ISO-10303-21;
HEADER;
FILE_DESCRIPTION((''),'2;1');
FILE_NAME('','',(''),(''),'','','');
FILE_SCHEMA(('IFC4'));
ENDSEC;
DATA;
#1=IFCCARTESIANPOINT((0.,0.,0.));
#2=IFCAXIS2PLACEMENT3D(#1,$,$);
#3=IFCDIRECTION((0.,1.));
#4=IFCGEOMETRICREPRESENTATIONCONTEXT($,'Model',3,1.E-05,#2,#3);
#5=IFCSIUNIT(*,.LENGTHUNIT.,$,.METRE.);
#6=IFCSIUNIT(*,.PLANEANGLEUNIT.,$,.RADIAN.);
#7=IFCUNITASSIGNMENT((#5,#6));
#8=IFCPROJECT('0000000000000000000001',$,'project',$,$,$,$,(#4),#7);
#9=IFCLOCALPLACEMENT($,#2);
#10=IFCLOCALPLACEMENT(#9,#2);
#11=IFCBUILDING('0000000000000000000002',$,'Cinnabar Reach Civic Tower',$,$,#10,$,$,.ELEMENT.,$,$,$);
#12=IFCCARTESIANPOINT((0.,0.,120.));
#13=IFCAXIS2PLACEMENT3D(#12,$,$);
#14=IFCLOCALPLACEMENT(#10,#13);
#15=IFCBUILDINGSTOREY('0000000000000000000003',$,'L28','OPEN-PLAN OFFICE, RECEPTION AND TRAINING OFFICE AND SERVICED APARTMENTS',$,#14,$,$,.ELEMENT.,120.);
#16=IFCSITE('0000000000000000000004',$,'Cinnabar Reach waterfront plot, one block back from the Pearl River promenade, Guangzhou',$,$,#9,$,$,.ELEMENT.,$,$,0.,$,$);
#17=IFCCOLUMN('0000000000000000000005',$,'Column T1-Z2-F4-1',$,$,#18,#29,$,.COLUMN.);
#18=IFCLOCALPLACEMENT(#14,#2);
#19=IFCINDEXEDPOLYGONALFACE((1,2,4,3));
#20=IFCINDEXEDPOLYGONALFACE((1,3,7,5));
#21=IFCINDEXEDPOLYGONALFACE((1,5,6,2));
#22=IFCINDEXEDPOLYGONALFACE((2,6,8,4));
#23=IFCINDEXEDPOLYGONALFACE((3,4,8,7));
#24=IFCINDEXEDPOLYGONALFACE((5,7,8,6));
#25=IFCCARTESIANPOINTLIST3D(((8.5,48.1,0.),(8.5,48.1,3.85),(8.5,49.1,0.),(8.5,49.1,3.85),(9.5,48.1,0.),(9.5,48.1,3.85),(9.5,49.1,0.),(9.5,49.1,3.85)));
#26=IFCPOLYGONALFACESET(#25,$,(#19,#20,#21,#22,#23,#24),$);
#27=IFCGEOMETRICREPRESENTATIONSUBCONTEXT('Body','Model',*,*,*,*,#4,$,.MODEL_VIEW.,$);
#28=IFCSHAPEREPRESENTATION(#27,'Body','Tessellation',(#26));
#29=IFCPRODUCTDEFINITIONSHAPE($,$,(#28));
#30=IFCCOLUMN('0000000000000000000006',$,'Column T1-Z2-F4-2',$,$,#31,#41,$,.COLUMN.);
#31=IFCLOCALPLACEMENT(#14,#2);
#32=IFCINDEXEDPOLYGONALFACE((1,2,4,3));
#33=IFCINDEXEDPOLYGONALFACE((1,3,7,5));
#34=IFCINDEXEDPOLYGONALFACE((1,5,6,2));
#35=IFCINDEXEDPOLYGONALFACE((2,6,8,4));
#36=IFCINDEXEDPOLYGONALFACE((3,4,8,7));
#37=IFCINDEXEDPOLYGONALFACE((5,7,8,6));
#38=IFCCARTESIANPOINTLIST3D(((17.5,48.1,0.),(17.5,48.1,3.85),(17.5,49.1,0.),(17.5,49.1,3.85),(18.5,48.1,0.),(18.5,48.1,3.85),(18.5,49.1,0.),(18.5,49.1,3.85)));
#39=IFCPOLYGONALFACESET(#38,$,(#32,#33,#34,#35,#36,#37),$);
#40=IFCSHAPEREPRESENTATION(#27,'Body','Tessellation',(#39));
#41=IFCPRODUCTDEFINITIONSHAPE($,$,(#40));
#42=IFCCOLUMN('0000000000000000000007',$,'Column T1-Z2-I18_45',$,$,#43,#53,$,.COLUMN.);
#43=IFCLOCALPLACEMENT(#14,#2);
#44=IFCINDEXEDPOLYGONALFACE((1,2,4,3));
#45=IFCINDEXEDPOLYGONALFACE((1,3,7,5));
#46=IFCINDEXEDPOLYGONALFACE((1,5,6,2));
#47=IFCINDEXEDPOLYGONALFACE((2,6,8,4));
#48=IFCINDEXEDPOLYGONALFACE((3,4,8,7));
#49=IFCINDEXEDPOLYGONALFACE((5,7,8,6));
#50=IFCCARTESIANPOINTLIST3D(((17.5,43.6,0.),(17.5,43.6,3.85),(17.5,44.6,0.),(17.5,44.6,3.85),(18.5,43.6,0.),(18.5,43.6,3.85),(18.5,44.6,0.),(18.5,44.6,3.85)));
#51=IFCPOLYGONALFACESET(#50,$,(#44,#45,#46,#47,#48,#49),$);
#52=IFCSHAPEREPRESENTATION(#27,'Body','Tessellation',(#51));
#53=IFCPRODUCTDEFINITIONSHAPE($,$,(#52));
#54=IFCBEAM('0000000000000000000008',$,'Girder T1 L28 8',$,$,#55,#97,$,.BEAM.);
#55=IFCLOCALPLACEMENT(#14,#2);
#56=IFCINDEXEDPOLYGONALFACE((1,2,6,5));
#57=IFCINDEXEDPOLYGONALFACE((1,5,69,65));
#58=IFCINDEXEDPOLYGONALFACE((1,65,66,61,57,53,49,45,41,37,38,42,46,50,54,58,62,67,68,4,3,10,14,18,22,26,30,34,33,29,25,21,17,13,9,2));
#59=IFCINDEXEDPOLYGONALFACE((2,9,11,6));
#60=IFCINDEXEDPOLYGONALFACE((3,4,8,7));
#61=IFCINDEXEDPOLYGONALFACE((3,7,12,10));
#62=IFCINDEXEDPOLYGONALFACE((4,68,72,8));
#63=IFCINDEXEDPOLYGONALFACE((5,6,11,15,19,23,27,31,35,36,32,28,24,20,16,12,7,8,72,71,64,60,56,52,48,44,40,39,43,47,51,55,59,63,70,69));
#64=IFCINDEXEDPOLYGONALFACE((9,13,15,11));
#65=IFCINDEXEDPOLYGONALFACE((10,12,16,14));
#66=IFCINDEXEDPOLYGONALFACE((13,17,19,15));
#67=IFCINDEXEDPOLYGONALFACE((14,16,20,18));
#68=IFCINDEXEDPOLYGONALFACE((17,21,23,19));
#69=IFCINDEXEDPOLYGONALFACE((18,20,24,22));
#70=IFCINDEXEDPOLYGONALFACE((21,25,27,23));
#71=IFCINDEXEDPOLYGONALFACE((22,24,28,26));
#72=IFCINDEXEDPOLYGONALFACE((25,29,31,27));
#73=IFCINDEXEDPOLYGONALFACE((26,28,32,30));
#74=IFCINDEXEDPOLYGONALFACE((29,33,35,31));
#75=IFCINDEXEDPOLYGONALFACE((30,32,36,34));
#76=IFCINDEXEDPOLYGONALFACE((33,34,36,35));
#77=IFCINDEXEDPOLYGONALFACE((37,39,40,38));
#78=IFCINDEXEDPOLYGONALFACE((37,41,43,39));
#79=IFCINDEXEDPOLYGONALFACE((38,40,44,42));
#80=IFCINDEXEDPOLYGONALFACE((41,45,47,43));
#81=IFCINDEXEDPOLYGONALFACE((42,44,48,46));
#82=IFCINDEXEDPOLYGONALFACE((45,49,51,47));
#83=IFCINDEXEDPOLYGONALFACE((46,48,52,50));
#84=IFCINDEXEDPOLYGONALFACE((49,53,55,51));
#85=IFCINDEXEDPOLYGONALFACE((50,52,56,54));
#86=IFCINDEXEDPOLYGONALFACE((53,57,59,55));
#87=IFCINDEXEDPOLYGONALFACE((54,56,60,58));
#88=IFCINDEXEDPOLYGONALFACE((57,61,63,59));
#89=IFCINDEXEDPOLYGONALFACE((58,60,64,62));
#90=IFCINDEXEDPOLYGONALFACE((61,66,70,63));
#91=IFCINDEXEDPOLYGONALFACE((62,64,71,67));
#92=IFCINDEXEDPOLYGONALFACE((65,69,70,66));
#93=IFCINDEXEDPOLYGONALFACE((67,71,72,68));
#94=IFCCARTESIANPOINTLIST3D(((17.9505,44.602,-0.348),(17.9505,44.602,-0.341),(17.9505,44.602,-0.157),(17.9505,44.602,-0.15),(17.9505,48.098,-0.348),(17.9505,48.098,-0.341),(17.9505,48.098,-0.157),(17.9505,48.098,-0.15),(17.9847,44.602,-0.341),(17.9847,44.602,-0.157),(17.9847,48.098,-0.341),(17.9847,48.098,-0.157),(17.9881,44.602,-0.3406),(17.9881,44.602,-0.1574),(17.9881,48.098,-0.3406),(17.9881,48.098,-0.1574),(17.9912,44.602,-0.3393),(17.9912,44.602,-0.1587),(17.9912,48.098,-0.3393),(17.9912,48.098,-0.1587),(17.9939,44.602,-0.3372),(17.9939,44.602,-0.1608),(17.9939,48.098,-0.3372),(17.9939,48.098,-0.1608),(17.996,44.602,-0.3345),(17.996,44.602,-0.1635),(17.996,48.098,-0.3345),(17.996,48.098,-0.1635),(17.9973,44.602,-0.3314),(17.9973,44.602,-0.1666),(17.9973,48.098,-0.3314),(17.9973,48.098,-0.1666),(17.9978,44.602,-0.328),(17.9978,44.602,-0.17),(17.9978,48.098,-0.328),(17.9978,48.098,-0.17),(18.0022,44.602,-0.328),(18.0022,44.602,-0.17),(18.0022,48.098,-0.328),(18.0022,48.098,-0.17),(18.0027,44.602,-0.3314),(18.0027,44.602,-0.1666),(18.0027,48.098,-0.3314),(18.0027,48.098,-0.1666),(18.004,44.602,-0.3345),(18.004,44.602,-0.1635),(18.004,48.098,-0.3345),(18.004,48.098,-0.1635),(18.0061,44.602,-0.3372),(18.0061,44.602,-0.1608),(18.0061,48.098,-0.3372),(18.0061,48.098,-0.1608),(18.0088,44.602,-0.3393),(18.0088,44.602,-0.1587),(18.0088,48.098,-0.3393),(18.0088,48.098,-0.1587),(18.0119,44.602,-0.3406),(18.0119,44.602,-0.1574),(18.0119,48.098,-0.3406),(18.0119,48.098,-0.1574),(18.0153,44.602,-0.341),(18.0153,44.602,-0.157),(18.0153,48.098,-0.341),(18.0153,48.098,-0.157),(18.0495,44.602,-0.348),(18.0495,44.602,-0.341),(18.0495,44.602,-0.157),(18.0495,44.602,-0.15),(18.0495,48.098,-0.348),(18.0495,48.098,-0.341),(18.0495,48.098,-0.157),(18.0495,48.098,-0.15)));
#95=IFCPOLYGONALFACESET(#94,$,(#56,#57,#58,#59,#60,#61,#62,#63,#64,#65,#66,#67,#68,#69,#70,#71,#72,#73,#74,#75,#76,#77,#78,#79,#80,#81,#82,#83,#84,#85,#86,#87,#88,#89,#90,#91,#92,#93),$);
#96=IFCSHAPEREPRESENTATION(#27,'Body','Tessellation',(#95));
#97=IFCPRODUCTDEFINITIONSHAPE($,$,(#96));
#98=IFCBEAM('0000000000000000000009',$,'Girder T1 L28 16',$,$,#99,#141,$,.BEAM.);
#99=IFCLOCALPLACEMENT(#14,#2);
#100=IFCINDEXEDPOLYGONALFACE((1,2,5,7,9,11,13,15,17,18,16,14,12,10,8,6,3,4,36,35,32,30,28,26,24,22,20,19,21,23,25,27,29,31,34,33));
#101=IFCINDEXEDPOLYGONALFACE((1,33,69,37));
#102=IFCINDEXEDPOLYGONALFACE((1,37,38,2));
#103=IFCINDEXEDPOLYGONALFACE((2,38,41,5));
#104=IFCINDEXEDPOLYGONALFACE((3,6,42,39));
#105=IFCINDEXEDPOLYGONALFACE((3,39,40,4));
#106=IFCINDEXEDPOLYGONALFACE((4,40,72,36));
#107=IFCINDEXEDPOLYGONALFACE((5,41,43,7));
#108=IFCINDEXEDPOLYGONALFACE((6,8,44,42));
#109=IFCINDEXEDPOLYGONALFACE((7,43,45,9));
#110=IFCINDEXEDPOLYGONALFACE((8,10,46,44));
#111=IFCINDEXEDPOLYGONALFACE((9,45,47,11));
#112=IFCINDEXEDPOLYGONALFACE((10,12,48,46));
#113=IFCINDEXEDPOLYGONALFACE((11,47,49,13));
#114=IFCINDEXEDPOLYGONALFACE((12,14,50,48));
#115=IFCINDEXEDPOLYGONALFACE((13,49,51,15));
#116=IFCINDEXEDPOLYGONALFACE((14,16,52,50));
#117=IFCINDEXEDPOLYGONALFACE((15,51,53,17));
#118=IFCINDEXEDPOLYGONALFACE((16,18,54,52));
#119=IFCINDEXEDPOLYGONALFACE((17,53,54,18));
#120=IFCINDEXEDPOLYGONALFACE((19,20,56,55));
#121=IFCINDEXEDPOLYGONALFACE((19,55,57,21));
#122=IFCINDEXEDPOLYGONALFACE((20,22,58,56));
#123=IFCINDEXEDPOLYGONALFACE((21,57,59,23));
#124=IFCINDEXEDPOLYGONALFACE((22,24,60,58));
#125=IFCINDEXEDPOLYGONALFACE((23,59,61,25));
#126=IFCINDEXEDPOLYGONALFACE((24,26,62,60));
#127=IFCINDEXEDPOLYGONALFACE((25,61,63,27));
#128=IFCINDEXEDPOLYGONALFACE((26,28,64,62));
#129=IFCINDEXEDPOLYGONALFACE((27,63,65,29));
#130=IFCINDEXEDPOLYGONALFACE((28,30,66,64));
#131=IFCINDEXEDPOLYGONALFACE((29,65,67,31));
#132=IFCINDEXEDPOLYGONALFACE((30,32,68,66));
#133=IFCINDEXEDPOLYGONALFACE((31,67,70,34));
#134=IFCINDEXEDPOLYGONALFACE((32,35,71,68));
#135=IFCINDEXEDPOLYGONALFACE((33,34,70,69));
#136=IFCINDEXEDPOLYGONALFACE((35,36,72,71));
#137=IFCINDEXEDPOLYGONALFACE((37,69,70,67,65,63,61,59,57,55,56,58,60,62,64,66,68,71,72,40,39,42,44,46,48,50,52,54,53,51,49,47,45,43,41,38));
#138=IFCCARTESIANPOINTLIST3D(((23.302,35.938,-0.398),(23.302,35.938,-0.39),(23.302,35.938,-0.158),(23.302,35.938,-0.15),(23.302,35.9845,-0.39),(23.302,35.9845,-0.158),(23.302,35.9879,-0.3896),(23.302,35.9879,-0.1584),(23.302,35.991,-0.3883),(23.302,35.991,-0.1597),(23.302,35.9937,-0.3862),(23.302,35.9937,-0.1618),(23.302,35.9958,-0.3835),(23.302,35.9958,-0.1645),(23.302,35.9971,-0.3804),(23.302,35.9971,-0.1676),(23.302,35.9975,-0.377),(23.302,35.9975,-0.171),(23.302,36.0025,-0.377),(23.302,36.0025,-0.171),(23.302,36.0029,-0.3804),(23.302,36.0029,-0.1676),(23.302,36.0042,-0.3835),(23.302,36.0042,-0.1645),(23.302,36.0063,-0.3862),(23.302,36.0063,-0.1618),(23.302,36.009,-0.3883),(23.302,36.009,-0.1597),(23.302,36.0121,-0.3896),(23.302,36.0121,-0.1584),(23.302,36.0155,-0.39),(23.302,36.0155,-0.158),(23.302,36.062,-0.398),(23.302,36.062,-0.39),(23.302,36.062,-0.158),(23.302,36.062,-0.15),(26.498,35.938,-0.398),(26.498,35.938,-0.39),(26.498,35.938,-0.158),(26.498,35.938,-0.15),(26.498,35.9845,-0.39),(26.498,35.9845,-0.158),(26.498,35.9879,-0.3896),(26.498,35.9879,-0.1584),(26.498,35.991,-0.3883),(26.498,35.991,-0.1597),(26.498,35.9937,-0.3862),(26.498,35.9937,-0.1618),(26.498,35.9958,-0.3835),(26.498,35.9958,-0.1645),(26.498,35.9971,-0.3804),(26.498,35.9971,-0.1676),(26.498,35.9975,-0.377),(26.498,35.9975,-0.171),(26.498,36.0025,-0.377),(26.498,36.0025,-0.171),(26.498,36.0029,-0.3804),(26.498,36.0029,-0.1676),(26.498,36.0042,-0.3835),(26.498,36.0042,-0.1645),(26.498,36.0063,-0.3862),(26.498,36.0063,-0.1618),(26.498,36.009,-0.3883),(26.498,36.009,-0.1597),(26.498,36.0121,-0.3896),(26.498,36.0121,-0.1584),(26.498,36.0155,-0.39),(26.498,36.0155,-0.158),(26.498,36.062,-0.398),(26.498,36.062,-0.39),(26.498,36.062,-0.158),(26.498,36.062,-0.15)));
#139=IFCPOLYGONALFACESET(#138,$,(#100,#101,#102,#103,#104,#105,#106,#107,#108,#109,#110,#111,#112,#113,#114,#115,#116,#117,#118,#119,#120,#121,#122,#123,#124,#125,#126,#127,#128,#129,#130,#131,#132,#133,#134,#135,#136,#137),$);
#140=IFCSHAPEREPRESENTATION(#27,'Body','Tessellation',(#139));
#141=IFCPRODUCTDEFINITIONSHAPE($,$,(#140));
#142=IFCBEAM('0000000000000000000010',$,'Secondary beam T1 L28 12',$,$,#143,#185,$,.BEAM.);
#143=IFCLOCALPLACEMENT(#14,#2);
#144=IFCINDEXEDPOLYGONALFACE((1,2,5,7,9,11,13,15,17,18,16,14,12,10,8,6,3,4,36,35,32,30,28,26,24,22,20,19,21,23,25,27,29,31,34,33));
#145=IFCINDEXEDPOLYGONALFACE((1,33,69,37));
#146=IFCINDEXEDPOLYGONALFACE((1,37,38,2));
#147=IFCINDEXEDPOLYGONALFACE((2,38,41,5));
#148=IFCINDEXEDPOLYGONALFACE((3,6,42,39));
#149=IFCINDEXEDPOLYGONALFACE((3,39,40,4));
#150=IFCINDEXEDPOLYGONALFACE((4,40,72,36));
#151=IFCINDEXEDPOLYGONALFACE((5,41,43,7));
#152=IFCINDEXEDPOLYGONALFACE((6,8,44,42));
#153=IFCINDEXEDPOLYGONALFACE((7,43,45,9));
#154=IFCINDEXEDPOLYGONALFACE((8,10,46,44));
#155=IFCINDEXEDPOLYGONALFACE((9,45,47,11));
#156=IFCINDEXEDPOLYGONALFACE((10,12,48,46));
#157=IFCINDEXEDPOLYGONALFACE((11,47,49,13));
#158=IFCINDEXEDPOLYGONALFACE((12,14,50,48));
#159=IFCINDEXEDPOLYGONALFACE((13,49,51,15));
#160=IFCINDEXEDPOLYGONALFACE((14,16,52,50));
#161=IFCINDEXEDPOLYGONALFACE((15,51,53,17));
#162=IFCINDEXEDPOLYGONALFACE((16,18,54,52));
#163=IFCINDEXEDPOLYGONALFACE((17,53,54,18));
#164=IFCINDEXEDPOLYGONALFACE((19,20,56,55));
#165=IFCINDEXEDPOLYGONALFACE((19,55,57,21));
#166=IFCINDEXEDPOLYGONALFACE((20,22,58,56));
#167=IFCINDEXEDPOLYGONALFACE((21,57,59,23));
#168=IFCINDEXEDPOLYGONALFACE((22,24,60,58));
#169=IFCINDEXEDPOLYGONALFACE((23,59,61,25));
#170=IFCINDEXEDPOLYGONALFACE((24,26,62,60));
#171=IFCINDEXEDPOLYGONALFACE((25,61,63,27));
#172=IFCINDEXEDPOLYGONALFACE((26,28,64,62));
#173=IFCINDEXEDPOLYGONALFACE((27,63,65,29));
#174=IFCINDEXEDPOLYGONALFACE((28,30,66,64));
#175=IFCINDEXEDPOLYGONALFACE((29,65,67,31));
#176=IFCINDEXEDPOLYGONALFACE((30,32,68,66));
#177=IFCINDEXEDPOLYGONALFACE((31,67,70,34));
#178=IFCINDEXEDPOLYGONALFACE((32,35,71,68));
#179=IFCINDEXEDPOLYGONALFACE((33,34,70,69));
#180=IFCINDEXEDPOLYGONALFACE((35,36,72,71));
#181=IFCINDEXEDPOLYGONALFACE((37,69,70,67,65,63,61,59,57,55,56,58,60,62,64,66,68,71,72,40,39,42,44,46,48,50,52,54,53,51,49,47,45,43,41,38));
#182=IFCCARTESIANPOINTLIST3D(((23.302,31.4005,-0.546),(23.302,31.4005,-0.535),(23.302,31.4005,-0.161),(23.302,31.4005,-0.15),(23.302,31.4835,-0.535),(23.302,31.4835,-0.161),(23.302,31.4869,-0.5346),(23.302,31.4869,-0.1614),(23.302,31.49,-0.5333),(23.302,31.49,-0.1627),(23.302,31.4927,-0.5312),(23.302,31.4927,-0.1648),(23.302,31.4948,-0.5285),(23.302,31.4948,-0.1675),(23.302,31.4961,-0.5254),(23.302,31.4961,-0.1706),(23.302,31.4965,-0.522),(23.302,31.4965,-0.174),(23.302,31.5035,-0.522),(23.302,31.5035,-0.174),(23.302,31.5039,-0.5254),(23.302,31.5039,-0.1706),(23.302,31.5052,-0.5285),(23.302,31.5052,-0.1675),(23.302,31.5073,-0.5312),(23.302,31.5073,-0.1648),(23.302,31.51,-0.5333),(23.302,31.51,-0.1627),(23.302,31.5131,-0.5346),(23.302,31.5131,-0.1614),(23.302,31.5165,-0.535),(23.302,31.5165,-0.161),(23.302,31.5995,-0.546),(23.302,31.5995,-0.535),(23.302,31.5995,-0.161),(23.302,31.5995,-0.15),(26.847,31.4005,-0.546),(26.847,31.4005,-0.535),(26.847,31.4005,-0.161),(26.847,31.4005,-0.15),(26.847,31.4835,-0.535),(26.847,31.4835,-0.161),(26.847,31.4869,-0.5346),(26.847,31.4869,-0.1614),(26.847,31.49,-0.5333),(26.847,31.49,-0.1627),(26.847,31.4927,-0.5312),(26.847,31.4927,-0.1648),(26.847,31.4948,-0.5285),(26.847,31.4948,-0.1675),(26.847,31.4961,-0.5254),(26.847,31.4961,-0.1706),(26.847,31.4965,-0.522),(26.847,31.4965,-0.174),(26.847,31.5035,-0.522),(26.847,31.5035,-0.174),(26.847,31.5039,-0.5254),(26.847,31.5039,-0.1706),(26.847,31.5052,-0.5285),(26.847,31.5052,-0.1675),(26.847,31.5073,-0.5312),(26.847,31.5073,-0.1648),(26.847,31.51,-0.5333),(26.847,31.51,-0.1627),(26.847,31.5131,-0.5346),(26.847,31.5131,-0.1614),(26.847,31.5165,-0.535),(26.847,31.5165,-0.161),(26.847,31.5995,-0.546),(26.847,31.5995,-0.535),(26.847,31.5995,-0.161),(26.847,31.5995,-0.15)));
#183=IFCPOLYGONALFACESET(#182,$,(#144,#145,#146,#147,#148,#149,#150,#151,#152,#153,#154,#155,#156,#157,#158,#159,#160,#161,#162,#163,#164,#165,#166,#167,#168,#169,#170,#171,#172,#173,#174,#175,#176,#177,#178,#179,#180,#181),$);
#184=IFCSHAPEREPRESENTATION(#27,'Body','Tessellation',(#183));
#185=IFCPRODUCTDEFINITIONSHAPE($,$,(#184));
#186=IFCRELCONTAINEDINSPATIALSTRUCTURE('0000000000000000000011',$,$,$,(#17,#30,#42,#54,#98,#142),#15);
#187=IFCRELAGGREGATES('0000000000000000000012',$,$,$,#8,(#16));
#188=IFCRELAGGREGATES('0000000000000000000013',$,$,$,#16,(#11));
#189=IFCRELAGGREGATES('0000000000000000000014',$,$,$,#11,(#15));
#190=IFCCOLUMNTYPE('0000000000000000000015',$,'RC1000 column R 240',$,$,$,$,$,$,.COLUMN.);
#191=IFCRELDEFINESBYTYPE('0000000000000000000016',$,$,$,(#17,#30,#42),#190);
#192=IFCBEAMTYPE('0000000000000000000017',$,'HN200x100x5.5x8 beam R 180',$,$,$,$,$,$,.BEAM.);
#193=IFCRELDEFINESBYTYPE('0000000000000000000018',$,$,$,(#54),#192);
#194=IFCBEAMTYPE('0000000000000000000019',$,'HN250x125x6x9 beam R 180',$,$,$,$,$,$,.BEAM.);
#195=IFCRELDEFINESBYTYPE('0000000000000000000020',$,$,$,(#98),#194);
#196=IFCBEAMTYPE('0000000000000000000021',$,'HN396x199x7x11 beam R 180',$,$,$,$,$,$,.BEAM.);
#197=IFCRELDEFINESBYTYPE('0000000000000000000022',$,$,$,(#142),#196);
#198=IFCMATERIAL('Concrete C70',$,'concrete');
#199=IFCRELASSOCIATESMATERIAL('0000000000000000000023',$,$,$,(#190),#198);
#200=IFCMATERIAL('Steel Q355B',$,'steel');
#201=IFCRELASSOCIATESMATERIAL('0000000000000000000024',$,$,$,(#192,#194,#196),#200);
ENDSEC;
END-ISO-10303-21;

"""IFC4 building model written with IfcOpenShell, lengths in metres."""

from ifc_helpers import new_model, si_unit, direction, frame, origin, origin_2d, place, context, subcontext, project, spatial, rectangle, i_section, extrude, material, material_profile, profile_set, type_object, element, save


model = new_model("IFC4")

# Units and contexts
model_context = context("Model", 3, precision=1e-05, world=origin(), true_north=direction((0.0, 1.0)))
body_context = subcontext(model_context, "Body", "Model", "MODEL_VIEW")
ifc_project = project(units=[si_unit("LENGTHUNIT", "METRE"), si_unit("PLANEANGLEUNIT", "RADIAN")], contexts=[model_context])

# Site, building, storey
site_placement = place(None, origin())
site = spatial("IfcSite", under=ifc_project, at=site_placement, Name="Cinnabar Reach waterfront plot, one block back from the Pearl River promenade, Guangzhou", CompositionType="ELEMENT", RefElevation=0.0)
building_placement = place(site_placement, origin())
building = spatial("IfcBuilding", under=site, at=building_placement, Name="Cinnabar Reach Civic Tower", CompositionType="ELEMENT")
storey_placement = place(building_placement, frame((0.0, 0.0, 120.0)))
storey = spatial("IfcBuildingStorey", under=building, at=storey_placement, Name="L28", Description="OPEN-PLAN OFFICE, RECEPTION AND TRAINING OFFICE AND SERVICED APARTMENTS", CompositionType="ELEMENT", Elevation=120.0)

# Columns
ifc_material_1 = material(Name="Concrete C70", Category="concrete")
ifc_material_profile_1 = material_profile(ifc_material_1, rectangle(XDim=1.0, YDim=1.0, at=origin_2d()), Name="RC1000")
ifc_profile_set_1 = profile_set([ifc_material_profile_1], Name="Concrete C70")
column_type = type_object("IfcColumnType", Name="RC1000 column R 240", PredefinedType="COLUMN", material=ifc_profile_set_1)
for number, where, z_axis, x_axis, name in (
    (1, (9.0, 48.6, 0.0), (0.0, 0.0, 1.0), (1.0, 0.0, 0.0), "Column T1-Z2-F4-1"),
    (2, (18.0, 48.6, 0.0), (0.0, 0.0, 1.0), (1.0, 0.0, 0.0), "Column T1-Z2-F4-2"),
    (3, (18.0, 44.1, 0.0), (0.0, 0.0, 1.0), (1.0, 0.0, 0.0), "Column T1-Z2-I18_45"),
):
    element("IfcColumn", number, at=place(storey_placement, frame(where, z_axis=z_axis, x_axis=x_axis)), inside=storey, type_object=column_type, Name=name, PredefinedType="COLUMN", context=body_context, shape_type="SweptSolid", body=[
        extrude(rectangle(XDim=1.0, YDim=1.0, at=origin_2d()), origin(), (0.0, 0.0, 1.0), 3.85),
    ])

# Beams
ifc_material_2 = material(Name="Steel Q355B", Category="steel")
ifc_material_profile_2 = material_profile(ifc_material_2, i_section(OverallWidth=0.099, OverallDepth=0.198, WebThickness=0.0045, FlangeThickness=0.007, FilletRadius=0.013, at=origin_2d()), Name="HN200x100x5.5x8")
ifc_profile_set_2 = profile_set([ifc_material_profile_2], Name="Steel Q355B")
beam_type_1 = type_object("IfcBeamType", Name="HN200x100x5.5x8 beam R 180", PredefinedType="BEAM", material=ifc_profile_set_2)
beam_1_placement = place(storey_placement, frame((18.0, 44.602, -0.249), z_axis=(0.0, 1.0, 0.0), x_axis=(-1.0, 0.0, 0.0)))
element("IfcBeam", 4, at=beam_1_placement, inside=storey, type_object=beam_type_1, Name="Girder T1 L28 8", PredefinedType="BEAM", context=body_context, shape_type="SweptSolid", body=[
    extrude(i_section(OverallWidth=0.099, OverallDepth=0.198, WebThickness=0.0045, FlangeThickness=0.007, FilletRadius=0.013, at=origin_2d()), origin(), (0.0, 0.0, 1.0), 3.496),
])
ifc_material_profile_3 = material_profile(ifc_material_2, i_section(OverallWidth=0.124, OverallDepth=0.248, WebThickness=0.005, FlangeThickness=0.008, FilletRadius=0.013, at=origin_2d()), Name="HN250x125x6x9")
ifc_profile_set_3 = profile_set([ifc_material_profile_3], Name="Steel Q355B")
beam_type_2 = type_object("IfcBeamType", Name="HN250x125x6x9 beam R 180", PredefinedType="BEAM", material=ifc_profile_set_3)
beam_2_placement = place(storey_placement, frame((23.302, 36.0, -0.274), z_axis=(1.0, 0.0, 0.0), x_axis=(0.0, 1.0, 0.0)))
element("IfcBeam", 5, at=beam_2_placement, inside=storey, type_object=beam_type_2, Name="Girder T1 L28 16", PredefinedType="BEAM", context=body_context, shape_type="SweptSolid", body=[
    extrude(i_section(OverallWidth=0.124, OverallDepth=0.248, WebThickness=0.005, FlangeThickness=0.008, FilletRadius=0.013, at=origin_2d()), origin(), (0.0, 0.0, 1.0), 3.196),
])
ifc_material_profile_4 = material_profile(ifc_material_2, i_section(OverallWidth=0.199, OverallDepth=0.396, WebThickness=0.007, FlangeThickness=0.011, FilletRadius=0.013, at=origin_2d()), Name="HN396x199x7x11")
ifc_profile_set_4 = profile_set([ifc_material_profile_4], Name="Steel Q355B")
beam_type_3 = type_object("IfcBeamType", Name="HN396x199x7x11 beam R 180", PredefinedType="BEAM", material=ifc_profile_set_4)
for number, where, z_axis, x_axis, name in (
    (6, (23.302, 31.5, -0.348), (1.0, 0.0, 0.0), (0.0, 1.0, 0.0), "Secondary beam T1 L28 12"),
):
    element("IfcBeam", number, at=place(storey_placement, frame(where, z_axis=z_axis, x_axis=x_axis)), inside=storey, type_object=beam_type_3, Name=name, PredefinedType="BEAM", context=body_context, shape_type="SweptSolid", body=[
        extrude(i_section(OverallWidth=0.199, OverallDepth=0.396, WebThickness=0.007, FlangeThickness=0.011, FilletRadius=0.013, at=origin_2d()), origin(), (0.0, 0.0, 1.0), 3.545),
    ])

save(model, "model.ifc")
